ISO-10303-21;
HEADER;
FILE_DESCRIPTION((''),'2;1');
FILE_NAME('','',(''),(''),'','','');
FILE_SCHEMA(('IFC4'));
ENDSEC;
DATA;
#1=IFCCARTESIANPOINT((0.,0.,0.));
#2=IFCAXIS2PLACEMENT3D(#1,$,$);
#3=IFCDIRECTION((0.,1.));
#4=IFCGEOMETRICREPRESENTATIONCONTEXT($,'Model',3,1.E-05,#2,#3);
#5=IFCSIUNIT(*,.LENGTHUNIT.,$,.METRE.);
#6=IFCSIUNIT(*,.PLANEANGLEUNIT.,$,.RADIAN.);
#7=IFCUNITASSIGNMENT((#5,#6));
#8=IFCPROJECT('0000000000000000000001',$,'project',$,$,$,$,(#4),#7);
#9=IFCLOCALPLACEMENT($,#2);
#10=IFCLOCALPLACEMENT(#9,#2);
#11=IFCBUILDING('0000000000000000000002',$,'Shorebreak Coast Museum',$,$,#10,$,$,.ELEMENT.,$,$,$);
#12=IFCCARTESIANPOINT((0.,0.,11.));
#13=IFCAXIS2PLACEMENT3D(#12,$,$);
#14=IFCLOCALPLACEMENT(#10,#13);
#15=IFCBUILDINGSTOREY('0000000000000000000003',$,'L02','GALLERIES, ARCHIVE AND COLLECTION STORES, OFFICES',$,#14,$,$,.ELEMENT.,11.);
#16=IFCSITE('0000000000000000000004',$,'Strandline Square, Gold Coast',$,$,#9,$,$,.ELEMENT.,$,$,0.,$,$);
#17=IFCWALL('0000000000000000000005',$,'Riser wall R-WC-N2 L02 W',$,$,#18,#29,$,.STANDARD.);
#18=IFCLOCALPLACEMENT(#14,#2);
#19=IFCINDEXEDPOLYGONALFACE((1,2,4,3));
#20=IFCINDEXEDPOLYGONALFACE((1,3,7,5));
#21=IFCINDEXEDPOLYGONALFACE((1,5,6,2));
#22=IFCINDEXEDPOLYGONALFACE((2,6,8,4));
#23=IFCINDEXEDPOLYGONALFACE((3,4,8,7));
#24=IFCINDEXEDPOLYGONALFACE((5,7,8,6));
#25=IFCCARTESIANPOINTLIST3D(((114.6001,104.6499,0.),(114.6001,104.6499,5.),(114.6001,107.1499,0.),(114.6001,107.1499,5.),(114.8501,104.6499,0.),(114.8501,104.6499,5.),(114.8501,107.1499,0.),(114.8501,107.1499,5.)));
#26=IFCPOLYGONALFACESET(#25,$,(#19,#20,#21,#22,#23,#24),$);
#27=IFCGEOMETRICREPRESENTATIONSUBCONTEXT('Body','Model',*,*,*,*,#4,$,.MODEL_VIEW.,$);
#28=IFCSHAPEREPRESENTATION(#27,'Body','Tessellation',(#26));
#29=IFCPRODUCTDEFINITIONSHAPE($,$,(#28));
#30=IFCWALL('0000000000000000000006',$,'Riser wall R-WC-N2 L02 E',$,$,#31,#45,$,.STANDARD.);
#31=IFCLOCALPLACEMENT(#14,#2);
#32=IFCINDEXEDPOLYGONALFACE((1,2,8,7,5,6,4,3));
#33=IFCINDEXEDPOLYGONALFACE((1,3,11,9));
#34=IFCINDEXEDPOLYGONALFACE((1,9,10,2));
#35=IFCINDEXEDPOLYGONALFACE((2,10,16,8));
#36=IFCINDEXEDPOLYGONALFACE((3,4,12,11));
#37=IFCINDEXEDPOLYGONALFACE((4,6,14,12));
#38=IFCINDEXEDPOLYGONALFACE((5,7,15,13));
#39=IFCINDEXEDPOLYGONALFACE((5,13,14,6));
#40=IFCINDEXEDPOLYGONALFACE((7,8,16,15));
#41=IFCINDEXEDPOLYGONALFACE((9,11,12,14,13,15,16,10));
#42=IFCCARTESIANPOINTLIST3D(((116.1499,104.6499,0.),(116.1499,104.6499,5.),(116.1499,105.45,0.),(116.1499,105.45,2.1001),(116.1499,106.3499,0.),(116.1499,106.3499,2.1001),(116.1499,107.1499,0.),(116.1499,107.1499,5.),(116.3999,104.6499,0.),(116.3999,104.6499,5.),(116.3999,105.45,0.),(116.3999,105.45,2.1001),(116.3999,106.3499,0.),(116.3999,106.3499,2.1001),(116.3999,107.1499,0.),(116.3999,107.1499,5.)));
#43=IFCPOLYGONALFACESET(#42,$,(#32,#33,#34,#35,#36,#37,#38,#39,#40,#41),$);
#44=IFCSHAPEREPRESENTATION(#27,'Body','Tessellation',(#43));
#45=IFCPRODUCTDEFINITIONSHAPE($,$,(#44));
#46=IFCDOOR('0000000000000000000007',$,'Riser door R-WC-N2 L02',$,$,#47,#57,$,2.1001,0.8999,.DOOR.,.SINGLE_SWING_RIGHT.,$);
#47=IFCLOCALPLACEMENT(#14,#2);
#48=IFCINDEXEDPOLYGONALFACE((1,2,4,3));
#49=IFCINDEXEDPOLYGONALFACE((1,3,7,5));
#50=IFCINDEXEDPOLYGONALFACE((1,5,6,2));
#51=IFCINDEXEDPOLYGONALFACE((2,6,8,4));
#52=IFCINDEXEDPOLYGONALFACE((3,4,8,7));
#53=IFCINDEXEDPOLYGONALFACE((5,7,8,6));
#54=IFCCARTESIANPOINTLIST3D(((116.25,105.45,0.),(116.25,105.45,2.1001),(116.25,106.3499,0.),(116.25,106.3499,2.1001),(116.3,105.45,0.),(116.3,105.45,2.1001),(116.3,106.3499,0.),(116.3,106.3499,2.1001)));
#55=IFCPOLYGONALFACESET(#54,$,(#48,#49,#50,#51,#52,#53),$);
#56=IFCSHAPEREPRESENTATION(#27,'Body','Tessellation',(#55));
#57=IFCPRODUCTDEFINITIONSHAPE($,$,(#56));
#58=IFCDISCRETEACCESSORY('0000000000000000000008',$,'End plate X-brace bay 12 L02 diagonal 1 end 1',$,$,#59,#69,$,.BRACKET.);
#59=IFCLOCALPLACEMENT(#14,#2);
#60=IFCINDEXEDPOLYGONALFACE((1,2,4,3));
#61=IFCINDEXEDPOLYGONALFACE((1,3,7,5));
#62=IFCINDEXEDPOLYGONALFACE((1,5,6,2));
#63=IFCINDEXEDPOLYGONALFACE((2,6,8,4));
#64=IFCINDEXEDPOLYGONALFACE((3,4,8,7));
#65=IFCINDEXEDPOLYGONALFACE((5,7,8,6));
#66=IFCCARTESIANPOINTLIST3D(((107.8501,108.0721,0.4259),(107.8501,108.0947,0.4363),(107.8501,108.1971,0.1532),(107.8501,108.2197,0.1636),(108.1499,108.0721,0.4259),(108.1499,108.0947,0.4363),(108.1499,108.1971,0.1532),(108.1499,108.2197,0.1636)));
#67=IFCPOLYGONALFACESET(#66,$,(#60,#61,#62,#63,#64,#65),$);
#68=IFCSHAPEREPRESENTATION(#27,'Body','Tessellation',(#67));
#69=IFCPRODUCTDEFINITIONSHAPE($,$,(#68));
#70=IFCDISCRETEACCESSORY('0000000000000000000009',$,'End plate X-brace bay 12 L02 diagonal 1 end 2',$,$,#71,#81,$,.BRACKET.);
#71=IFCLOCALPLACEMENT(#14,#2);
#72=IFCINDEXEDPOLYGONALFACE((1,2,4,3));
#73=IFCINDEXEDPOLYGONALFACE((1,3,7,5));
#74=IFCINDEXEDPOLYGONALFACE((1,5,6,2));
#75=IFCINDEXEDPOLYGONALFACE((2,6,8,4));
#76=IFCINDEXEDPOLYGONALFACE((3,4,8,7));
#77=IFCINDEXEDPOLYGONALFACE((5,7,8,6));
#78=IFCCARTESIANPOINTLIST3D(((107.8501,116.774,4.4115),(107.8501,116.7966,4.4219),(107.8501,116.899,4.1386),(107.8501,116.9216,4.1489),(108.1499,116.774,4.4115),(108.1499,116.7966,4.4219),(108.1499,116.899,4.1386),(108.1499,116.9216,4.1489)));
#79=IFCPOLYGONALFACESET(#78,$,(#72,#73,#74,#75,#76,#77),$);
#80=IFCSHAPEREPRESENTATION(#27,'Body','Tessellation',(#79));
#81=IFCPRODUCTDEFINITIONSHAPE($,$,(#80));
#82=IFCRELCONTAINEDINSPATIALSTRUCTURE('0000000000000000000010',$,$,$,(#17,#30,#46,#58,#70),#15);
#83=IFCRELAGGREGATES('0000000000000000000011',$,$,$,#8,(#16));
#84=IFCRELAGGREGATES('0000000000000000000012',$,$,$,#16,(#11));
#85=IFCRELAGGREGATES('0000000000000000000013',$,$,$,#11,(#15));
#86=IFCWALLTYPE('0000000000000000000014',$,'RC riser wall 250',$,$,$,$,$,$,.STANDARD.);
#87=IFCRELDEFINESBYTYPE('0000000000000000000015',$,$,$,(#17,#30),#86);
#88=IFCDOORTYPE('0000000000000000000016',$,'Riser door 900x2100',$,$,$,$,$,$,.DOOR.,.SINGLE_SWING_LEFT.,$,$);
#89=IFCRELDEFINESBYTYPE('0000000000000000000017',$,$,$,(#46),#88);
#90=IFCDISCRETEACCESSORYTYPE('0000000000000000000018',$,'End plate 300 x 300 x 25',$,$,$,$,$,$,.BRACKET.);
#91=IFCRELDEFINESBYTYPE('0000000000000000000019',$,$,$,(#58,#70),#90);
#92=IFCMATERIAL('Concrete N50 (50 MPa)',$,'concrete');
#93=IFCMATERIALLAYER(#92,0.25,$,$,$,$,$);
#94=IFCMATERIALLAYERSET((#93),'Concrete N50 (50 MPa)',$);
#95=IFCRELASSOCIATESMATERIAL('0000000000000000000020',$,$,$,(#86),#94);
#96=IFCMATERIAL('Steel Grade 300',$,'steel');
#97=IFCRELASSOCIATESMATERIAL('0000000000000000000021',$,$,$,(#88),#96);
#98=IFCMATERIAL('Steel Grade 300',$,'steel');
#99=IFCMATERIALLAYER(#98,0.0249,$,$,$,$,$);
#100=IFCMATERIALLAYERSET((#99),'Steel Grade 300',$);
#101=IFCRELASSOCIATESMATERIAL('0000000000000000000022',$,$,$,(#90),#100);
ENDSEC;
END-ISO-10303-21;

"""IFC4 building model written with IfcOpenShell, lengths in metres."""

from ifc_helpers import new_model, si_unit, direction, frame, frame_2d, origin, place, context, subcontext, project, spatial, polyline, rectangle, outline, extrude, material, layer, layer_set, type_object, element, fill, save


model = new_model("IFC4")

# Units and contexts
model_context = context("Model", 3, precision=1e-05, world=origin(), true_north=direction((0.0, 1.0)))
body_context = subcontext(model_context, "Body", "Model", "MODEL_VIEW")
ifc_project = project(units=[si_unit("LENGTHUNIT", "METRE"), si_unit("PLANEANGLEUNIT", "RADIAN")], contexts=[model_context])

# Site, building, storey
site_placement = place(None, origin())
site = spatial("IfcSite", under=ifc_project, at=site_placement, Name="Strandline Square, Gold Coast", CompositionType="ELEMENT", RefElevation=0.0)
building_placement = place(site_placement, origin())
building = spatial("IfcBuilding", under=site, at=building_placement, Name="Shorebreak Coast Museum", CompositionType="ELEMENT")
storey_placement = place(building_placement, frame((0.0, 0.0, 11.0)))
storey = spatial("IfcBuildingStorey", under=building, at=storey_placement, Name="L02", Description="GALLERIES, ARCHIVE AND COLLECTION STORES, OFFICES", CompositionType="ELEMENT", Elevation=11.0)

# Wall
ifc_material_1 = material(Name="Concrete N50 (50 MPa)", Category="concrete")
ifc_layer_1 = layer(ifc_material_1, 0.25)
ifc_layer_set_1 = layer_set([ifc_layer_1], Name="Concrete N50 (50 MPa)")
wall_type_1 = type_object("IfcWallType", Name="RC riser wall 250", PredefinedType="STANDARD", material=ifc_layer_set_1)
wall_1_placement = place(storey_placement, frame((114.7251, 104.6499, 0.0), z_axis=(0.0, 0.0, 1.0), x_axis=(0.0, 1.0, 0.0)))
element("IfcWall", 1, at=wall_1_placement, inside=storey, type_object=wall_type_1, Name="Riser wall R-WC-N2 L02 W", PredefinedType="STANDARD", context=body_context, shape_type="SweptSolid", body=[
    extrude(rectangle(XDim=2.5, YDim=0.25, at=frame_2d((1.25, 0.0))), origin(), (0.0, 0.0, 1.0), 5.0),
])

# Wall, opening, door
wall_2_placement = place(storey_placement, frame((116.2749, 104.6499, 0.0), z_axis=(0.0, 0.0, 1.0), x_axis=(0.0, 1.0, 0.0)))
wall_2 = element("IfcWall", 2, at=wall_2_placement, inside=storey, type_object=wall_type_1, Name="Riser wall R-WC-N2 L02 E", PredefinedType="STANDARD", context=body_context, shape_type="SweptSolid", body=[
    extrude(rectangle(XDim=2.5, YDim=0.25, at=frame_2d((1.25, 0.0))), origin(), (0.0, 0.0, 1.0), 5.0),
])
opening_1_placement = place(wall_2_placement, frame((0.8, 0.0, 0.0)))
opening_1 = element("IfcOpeningElement", 3, at=opening_1_placement, cuts=wall_2, PredefinedType="OPENING", context=body_context, shape_type="SweptSolid", body=[
    extrude(rectangle(XDim=0.8999, YDim=2.1001, at=frame_2d((0.45, 1.05))), frame((0.0, 0.135, 0.0), z_axis=(0.0, -1.0, 0.0), x_axis=(1.0, 0.0, 0.0)), (0.0, 0.0, 1.0), 0.27),
])
ifc_material_2 = material(Name="Steel Grade 300", Category="steel")
door_type_1 = type_object("IfcDoorType", Name="Riser door 900x2100", OperationType="SINGLE_SWING_LEFT", PredefinedType="DOOR", material=ifc_material_2)
door_1_placement = place(opening_1_placement, origin())
door_1 = element("IfcDoor", 4, at=door_1_placement, inside=storey, type_object=door_type_1, Name="Riser door R-WC-N2 L02", OperationType="SINGLE_SWING_RIGHT", OverallHeight=2.1001, OverallWidth=0.8999, PredefinedType="DOOR", context=body_context, shape_type="SweptSolid", body=[
    extrude(rectangle(XDim=0.8999, YDim=2.1001, at=frame_2d((0.45, 1.05))), frame((0.0, 0.0249, 0.0), z_axis=(0.0, -1.0, 0.0), x_axis=(1.0, 0.0, 0.0)), (0.0, 0.0, 1.0), 0.05),
])
fill(opening_1, door_1)

# Discrete accessories
ifc_material_3 = material(Name="Steel Grade 300", Category="steel")
ifc_layer_2 = layer(ifc_material_3, 0.0249)
ifc_layer_set_2 = layer_set([ifc_layer_2], Name="Steel Grade 300")
discrete_accessory_type = type_object("IfcDiscreteAccessoryType", Name="End plate 300 x 300 x 25", PredefinedType="BRACKET", material=ifc_layer_set_2)
discrete_accessory_1_placement = place(storey_placement, frame((108.1499, 108.2197, 0.1636), z_axis=(0.0, 0.909052, 0.416683), x_axis=(-1.0, 0.0, 0.0)))
element("IfcDiscreteAccessory", 5, at=discrete_accessory_1_placement, inside=storey, type_object=discrete_accessory_type, Name="End plate X-brace bay 12 L02 diagonal 1 end 1", PredefinedType="BRACKET", context=body_context, shape_type="SweptSolid", body=[
    extrude(outline(polyline([(0.0, 0.0), (0.2998, 0.0), (0.2998, 0.3), (0.0, 0.3), (0.0, 0.0)])), origin(), (0.0, 0.0, -1.0), 0.0249),
])
discrete_accessory_2_placement = place(storey_placement, frame((108.1499, 116.9216, 4.1489), z_axis=(0.0, 0.909193, 0.416375), x_axis=(-1.0, 0.0, 0.0)))
element("IfcDiscreteAccessory", 6, at=discrete_accessory_2_placement, inside=storey, type_object=discrete_accessory_type, Name="End plate X-brace bay 12 L02 diagonal 1 end 2", PredefinedType="BRACKET", context=body_context, shape_type="SweptSolid", body=[
    extrude(outline(polyline([(0.0, 0.0), (0.2998, 0.0), (0.2998, 0.3002), (0.0, 0.3002), (0.0, 0.0)])), origin(), (0.0, 0.0, -1.0), 0.0249),
])

save(model, "model.ifc")
